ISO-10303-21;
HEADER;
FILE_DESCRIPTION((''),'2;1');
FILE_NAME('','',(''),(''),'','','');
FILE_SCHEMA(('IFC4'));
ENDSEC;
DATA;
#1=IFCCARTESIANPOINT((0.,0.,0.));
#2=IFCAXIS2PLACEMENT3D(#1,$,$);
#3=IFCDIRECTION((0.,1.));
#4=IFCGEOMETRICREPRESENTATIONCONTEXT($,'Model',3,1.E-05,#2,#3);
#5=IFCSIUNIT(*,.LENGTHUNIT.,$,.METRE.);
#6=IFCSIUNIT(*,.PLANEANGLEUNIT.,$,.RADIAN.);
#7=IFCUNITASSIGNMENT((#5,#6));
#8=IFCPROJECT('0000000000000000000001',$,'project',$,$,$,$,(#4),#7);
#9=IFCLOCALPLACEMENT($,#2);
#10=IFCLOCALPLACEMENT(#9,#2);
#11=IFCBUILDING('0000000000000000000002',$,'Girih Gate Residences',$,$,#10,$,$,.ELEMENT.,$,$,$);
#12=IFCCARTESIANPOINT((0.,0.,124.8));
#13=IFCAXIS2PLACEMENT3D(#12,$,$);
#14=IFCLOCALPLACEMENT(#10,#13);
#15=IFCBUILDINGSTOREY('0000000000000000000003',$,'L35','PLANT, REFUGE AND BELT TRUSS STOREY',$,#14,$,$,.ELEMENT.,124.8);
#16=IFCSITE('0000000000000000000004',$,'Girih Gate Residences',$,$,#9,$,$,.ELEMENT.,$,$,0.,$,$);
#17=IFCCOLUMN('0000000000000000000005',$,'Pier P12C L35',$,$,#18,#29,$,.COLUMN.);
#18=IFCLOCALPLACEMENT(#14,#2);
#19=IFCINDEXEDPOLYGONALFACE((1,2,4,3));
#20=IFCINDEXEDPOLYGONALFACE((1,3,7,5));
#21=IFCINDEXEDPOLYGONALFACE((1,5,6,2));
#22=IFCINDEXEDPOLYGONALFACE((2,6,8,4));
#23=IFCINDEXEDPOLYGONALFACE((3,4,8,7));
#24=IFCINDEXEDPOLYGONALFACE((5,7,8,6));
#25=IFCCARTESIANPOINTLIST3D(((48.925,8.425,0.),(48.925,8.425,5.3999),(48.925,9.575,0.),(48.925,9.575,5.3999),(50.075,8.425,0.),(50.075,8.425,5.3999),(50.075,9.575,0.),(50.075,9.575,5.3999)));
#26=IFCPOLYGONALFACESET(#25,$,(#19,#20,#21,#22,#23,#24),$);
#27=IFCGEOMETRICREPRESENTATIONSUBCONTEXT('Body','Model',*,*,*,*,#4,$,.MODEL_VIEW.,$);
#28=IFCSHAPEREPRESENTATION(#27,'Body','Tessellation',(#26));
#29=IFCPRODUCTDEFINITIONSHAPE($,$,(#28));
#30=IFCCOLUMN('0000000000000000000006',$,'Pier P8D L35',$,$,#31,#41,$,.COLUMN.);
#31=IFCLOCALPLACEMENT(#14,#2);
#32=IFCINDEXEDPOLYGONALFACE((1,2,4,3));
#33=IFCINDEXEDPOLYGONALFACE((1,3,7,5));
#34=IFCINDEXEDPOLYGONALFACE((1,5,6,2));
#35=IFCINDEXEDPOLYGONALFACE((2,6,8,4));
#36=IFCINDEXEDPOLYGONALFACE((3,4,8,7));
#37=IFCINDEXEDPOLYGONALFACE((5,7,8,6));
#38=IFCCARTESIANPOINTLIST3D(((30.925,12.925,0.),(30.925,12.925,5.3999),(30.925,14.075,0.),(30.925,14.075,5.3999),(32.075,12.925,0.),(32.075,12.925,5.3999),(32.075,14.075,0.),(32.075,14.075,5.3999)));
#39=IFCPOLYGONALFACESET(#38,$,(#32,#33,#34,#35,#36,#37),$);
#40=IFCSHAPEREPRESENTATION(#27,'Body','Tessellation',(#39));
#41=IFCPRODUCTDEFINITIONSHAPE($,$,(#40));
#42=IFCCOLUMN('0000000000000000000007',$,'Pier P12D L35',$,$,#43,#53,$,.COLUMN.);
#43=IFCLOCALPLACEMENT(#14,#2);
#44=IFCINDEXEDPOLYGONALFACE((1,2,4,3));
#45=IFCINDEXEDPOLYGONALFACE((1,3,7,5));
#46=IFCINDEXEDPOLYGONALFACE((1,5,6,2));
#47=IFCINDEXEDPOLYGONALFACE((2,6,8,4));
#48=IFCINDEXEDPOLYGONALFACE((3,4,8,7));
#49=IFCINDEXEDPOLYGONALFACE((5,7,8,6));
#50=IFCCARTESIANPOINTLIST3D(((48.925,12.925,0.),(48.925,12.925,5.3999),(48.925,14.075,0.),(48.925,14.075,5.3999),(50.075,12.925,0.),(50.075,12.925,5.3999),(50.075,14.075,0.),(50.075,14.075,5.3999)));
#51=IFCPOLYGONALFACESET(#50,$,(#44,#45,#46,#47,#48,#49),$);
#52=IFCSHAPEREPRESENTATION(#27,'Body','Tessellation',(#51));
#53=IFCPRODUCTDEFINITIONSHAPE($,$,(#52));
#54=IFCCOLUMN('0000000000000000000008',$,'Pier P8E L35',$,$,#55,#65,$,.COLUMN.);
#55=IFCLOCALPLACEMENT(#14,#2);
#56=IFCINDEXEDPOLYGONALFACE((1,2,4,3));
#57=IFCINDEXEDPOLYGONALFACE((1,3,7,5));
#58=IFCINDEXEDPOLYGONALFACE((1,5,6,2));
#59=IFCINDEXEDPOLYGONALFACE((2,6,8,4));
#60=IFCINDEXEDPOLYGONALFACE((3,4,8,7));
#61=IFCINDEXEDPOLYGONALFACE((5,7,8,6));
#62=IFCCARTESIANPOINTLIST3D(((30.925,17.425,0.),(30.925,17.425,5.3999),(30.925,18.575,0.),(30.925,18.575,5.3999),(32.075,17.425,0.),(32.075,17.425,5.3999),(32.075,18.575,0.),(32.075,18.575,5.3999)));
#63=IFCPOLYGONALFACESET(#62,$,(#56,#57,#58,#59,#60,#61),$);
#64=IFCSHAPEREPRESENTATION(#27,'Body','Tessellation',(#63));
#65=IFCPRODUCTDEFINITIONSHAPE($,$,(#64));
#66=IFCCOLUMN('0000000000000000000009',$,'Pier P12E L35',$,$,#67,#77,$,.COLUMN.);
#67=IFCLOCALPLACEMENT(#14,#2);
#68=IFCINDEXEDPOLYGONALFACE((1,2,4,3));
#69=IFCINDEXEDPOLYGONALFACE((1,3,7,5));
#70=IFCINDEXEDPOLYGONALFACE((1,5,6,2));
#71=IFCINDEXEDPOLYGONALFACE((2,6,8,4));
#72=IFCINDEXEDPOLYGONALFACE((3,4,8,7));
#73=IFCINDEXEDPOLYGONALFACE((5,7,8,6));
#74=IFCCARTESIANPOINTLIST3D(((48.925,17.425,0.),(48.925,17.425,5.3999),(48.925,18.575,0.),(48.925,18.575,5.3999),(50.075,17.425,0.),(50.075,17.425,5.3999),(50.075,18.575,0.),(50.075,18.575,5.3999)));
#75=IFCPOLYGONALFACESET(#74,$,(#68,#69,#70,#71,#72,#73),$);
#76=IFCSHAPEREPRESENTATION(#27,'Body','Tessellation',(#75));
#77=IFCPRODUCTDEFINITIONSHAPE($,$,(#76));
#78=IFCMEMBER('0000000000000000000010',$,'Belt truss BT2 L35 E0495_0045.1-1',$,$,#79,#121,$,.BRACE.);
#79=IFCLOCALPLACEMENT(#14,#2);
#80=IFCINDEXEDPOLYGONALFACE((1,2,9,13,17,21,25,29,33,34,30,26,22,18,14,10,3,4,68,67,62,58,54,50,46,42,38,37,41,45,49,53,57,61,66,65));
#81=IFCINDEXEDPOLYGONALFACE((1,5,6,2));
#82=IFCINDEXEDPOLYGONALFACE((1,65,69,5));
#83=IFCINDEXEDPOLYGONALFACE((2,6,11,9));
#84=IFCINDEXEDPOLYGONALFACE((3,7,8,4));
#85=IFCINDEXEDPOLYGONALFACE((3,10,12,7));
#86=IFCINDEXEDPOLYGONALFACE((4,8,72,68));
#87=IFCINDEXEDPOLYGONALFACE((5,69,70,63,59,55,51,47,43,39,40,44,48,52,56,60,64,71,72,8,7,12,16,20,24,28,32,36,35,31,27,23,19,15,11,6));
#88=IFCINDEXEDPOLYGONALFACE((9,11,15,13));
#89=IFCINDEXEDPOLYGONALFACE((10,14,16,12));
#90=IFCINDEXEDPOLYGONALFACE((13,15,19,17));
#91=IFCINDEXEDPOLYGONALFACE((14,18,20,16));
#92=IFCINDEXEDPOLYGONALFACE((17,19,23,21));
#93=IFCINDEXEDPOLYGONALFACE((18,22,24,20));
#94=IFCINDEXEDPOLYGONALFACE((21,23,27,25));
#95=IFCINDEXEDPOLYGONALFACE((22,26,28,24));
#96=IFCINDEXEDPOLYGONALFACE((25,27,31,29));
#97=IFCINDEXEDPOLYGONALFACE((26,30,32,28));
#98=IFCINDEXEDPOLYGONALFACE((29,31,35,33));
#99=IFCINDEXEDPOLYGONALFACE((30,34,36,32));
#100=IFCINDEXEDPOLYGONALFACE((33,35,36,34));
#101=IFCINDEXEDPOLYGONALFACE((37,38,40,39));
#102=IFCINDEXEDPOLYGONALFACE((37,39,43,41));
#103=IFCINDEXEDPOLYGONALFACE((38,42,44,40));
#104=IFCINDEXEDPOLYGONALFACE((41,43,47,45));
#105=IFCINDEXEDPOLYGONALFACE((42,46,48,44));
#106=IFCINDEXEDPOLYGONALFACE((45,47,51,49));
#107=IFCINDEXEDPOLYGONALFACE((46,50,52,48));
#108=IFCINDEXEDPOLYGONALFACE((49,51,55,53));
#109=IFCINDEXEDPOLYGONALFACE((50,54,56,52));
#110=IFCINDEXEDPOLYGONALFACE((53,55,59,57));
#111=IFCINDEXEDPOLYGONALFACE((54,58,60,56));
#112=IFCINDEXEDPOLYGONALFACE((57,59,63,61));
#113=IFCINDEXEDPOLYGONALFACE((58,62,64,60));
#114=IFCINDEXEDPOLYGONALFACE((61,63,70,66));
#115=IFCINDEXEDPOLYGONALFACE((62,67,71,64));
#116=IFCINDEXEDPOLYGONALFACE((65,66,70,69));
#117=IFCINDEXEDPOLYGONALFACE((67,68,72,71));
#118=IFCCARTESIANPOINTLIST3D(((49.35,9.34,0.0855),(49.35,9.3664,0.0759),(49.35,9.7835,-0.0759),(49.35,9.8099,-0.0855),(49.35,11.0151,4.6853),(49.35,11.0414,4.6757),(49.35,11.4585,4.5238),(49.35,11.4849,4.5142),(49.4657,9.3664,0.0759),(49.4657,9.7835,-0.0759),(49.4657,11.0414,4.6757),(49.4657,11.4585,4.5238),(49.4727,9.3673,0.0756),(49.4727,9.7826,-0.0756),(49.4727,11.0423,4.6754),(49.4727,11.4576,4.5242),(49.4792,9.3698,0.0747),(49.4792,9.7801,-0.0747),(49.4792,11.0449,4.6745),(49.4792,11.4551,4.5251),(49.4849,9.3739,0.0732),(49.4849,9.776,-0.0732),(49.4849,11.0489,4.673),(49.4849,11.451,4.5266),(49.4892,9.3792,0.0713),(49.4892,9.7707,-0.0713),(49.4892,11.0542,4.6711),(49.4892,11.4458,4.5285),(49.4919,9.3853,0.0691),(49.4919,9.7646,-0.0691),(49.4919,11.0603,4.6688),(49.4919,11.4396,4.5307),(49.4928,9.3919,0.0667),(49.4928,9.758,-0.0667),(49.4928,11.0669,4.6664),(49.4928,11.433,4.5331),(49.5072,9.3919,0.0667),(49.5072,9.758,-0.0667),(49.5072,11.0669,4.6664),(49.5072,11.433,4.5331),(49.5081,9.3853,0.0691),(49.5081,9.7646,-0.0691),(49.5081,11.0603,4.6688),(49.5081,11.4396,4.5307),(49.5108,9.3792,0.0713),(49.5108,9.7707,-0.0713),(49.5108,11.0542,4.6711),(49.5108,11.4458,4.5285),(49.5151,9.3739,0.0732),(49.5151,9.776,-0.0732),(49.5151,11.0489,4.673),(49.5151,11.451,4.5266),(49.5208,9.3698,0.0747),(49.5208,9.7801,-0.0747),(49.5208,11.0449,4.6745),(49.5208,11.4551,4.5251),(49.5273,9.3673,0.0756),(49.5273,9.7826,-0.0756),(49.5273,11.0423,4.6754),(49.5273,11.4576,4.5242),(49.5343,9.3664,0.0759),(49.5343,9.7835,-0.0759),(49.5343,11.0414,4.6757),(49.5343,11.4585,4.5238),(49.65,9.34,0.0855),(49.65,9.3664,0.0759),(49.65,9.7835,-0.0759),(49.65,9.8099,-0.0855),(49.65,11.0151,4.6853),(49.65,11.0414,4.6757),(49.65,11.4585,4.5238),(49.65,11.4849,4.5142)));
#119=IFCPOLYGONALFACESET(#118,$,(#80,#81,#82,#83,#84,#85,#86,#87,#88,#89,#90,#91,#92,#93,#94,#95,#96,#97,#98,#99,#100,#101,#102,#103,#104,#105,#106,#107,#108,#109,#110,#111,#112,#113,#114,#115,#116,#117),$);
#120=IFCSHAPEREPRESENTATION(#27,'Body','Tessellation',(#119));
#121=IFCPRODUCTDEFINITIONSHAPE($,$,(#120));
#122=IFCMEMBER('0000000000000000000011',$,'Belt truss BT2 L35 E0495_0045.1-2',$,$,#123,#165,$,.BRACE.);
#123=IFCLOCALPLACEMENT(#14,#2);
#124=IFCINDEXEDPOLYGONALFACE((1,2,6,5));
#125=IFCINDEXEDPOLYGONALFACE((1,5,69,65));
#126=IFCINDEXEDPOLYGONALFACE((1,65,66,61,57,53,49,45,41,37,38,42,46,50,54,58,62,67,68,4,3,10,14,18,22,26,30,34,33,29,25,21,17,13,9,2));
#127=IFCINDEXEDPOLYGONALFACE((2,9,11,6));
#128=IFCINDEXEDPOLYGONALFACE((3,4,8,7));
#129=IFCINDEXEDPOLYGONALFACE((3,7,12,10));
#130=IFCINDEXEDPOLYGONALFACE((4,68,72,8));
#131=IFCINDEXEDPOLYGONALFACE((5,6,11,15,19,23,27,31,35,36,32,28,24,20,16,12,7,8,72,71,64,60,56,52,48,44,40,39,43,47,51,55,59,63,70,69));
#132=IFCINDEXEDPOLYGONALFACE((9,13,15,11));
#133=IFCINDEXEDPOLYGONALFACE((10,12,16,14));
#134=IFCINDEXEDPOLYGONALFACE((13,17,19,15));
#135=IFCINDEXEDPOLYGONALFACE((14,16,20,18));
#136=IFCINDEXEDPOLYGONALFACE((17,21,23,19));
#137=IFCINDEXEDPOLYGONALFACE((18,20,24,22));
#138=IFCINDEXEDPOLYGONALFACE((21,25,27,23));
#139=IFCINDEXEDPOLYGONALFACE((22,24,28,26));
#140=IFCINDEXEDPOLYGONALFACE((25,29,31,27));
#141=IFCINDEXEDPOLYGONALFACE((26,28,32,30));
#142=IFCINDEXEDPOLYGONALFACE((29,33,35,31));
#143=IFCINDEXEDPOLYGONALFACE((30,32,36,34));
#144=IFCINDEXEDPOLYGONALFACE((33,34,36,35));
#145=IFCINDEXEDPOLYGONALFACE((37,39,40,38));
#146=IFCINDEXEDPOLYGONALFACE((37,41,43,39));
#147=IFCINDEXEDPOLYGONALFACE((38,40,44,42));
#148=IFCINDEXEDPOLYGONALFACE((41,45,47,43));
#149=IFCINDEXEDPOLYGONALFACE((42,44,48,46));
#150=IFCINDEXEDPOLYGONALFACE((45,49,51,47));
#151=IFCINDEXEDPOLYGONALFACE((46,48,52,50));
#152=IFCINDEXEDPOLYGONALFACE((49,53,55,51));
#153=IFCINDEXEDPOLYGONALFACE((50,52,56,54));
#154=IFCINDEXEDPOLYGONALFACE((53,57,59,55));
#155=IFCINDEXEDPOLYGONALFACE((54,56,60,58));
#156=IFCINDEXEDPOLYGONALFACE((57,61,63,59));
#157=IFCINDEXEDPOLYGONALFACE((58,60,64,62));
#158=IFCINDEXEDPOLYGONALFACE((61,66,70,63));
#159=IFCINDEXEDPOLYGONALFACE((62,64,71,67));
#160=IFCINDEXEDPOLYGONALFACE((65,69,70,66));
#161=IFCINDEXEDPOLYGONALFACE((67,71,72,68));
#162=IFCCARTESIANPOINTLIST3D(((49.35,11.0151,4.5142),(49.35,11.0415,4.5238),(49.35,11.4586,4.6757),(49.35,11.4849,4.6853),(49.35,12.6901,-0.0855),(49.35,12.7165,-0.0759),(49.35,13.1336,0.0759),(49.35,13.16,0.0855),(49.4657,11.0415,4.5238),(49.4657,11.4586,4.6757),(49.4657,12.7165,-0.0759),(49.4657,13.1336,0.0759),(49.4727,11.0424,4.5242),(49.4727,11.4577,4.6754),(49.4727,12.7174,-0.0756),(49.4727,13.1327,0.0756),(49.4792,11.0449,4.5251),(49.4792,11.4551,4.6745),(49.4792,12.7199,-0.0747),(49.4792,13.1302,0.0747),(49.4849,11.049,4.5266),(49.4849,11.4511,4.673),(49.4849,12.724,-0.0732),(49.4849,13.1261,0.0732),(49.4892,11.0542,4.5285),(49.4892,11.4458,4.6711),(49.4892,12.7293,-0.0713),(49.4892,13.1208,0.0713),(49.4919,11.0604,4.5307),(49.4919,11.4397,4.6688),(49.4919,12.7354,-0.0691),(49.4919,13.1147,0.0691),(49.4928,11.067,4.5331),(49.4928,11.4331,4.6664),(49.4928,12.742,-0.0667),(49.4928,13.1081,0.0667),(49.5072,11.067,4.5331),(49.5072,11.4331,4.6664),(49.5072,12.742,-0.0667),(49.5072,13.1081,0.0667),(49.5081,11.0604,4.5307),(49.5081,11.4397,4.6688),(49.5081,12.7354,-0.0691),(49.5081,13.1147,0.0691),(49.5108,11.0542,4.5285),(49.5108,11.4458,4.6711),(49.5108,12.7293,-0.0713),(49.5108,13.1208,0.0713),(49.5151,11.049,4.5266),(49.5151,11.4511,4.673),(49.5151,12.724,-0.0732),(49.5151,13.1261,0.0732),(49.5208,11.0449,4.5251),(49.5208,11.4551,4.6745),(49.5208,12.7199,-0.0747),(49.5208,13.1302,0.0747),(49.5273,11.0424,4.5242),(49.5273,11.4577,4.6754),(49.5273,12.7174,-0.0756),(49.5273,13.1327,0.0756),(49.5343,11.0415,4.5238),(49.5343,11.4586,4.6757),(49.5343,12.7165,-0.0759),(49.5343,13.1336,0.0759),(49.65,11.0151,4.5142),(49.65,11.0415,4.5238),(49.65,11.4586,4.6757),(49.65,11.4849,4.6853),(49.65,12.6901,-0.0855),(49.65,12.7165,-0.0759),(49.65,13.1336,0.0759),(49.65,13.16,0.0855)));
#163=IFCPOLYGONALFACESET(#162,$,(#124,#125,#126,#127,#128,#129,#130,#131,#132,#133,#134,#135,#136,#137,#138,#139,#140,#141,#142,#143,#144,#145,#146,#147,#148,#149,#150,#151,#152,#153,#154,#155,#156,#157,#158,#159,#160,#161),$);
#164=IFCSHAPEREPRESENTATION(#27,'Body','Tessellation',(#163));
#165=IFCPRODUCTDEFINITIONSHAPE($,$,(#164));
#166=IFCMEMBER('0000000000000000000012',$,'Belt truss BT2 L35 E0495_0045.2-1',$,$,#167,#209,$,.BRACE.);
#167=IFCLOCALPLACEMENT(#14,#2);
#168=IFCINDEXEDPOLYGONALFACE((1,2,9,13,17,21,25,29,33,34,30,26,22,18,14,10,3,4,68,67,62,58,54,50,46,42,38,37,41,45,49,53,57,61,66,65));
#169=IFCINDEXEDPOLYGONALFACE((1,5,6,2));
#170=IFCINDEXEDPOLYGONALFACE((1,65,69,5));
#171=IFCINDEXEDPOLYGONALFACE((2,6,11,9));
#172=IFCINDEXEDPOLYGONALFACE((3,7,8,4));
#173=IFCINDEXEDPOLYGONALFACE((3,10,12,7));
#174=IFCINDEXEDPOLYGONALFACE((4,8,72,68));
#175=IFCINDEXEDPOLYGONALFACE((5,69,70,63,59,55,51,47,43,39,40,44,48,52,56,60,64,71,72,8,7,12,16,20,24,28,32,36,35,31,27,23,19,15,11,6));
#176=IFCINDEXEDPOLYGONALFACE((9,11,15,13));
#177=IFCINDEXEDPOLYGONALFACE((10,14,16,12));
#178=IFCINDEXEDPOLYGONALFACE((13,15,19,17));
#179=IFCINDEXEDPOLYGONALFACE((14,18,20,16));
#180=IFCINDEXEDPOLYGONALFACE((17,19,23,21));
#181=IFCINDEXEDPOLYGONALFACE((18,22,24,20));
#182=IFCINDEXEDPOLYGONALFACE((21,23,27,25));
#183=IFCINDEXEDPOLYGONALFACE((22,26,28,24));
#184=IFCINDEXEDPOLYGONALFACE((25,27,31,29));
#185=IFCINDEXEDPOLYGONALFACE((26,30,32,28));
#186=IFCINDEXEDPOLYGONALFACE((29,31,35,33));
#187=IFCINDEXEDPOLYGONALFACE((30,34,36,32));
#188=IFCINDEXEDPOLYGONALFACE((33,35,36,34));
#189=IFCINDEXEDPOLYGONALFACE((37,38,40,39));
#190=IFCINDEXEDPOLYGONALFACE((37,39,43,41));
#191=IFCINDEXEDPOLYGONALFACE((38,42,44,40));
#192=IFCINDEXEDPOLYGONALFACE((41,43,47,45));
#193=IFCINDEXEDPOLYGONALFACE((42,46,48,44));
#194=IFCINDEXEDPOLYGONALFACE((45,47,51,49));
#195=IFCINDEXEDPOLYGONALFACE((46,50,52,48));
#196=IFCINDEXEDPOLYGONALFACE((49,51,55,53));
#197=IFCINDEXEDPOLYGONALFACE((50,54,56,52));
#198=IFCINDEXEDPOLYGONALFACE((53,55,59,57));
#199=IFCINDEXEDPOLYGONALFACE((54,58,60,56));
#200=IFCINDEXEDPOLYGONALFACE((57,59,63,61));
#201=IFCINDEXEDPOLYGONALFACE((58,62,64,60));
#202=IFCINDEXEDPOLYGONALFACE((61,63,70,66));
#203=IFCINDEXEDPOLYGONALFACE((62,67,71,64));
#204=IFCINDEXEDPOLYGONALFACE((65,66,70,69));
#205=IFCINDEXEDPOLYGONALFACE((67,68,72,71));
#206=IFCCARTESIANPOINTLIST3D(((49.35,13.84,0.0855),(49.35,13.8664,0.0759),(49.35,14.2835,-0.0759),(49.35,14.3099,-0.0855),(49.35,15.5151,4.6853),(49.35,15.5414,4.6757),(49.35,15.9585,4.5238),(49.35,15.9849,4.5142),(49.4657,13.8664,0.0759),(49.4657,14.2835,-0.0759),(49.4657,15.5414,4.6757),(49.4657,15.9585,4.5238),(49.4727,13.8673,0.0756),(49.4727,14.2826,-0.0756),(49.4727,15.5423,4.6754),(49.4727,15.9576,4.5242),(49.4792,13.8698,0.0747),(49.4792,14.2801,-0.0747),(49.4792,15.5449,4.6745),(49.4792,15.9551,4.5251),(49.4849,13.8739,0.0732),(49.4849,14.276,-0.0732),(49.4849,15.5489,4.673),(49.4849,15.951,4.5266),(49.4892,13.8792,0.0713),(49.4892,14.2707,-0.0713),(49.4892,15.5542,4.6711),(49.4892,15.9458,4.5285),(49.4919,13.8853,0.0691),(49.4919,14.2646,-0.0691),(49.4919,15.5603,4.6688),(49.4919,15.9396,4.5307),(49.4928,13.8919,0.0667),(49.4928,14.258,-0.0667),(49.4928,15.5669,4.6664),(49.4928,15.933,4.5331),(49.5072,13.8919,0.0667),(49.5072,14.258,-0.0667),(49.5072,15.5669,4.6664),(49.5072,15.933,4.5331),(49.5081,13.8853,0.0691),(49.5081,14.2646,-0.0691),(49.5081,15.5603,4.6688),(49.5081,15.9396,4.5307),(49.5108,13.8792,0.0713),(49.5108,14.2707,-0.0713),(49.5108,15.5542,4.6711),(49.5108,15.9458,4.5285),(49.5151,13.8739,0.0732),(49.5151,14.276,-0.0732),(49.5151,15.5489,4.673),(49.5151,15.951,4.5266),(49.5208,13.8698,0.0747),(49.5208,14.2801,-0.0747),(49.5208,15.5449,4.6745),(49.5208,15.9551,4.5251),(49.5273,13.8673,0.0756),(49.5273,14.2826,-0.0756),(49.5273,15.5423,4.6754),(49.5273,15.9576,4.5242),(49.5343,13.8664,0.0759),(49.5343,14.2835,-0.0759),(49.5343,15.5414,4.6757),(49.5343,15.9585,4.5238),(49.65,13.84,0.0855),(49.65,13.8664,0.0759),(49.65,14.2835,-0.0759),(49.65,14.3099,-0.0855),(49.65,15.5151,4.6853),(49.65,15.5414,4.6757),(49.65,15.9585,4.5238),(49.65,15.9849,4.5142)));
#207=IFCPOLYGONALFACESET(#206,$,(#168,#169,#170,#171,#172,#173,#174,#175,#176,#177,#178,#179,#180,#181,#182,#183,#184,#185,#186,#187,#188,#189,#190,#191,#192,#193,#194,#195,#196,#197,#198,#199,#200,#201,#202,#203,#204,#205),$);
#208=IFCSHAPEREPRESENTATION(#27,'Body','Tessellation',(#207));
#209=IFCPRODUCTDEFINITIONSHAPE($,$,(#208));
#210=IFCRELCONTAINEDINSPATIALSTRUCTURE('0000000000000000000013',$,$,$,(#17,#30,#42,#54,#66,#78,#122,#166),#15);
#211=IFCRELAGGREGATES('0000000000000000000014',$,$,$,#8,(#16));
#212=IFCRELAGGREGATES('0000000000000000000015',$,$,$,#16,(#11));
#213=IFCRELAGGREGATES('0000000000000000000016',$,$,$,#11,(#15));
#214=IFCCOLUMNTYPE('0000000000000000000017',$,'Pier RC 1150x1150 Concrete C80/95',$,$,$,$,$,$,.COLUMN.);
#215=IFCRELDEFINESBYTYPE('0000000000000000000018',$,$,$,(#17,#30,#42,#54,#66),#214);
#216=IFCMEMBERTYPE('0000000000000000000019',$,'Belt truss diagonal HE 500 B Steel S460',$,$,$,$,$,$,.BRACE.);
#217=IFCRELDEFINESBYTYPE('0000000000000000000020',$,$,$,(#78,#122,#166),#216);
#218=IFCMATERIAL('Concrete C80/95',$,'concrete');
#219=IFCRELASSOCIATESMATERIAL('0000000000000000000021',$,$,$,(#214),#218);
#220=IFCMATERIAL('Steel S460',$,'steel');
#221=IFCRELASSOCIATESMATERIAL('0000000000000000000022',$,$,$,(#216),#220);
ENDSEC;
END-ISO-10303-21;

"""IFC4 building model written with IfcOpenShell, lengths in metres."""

from ifc_helpers import new_model, si_unit, direction, frame, origin, origin_2d, place, context, subcontext, project, spatial, rectangle, i_section, extrude, material, material_profile, profile_set, type_object, element, save


model = new_model("IFC4")

# Units and contexts
model_context = context("Model", 3, precision=1e-05, world=origin(), true_north=direction((0.0, 1.0)))
body_context = subcontext(model_context, "Body", "Model", "MODEL_VIEW")
ifc_project = project(units=[si_unit("LENGTHUNIT", "METRE"), si_unit("PLANEANGLEUNIT", "RADIAN")], contexts=[model_context])

# Site, building, storey
site_placement = place(None, origin())
site = spatial("IfcSite", under=ifc_project, at=site_placement, Name="Girih Gate Residences", CompositionType="ELEMENT", RefElevation=0.0)
building_placement = place(site_placement, origin())
building = spatial("IfcBuilding", under=site, at=building_placement, Name="Girih Gate Residences", CompositionType="ELEMENT")
storey_placement = place(building_placement, frame((0.0, 0.0, 124.8)))
storey = spatial("IfcBuildingStorey", under=building, at=storey_placement, Name="L35", Description="PLANT, REFUGE AND BELT TRUSS STOREY", CompositionType="ELEMENT", Elevation=124.8)

# Columns
ifc_material_1 = material(Name="Concrete C80/95", Category="concrete")
ifc_material_profile_1 = material_profile(ifc_material_1, rectangle(XDim=1.1499, YDim=1.1499, at=origin_2d()))
ifc_profile_set_1 = profile_set([ifc_material_profile_1], Name="Concrete C80/95")
column_type = type_object("IfcColumnType", Name="Pier RC 1150x1150 Concrete C80/95", PredefinedType="COLUMN", material=ifc_profile_set_1)
for number, where, z_axis, x_axis, name in (
    (1, (49.5, 9.0, 0.0), (0.0, 0.0, 1.0), (1.0, 0.0, 0.0), "Pier P12C L35"),
    (2, (31.5, 13.5, 0.0), (0.0, 0.0, 1.0), (1.0, 0.0, 0.0), "Pier P8D L35"),
    (3, (49.5, 13.5, 0.0), (0.0, 0.0, 1.0), (1.0, 0.0, 0.0), "Pier P12D L35"),
    (4, (31.5, 18.0, 0.0), (0.0, 0.0, 1.0), (1.0, 0.0, 0.0), "Pier P8E L35"),
    (5, (49.5, 18.0, 0.0), (0.0, 0.0, 1.0), (1.0, 0.0, 0.0), "Pier P12E L35"),
):
    element("IfcColumn", number, at=place(storey_placement, frame(where, z_axis=z_axis, x_axis=x_axis)), inside=storey, type_object=column_type, Name=name, PredefinedType="COLUMN", context=body_context, shape_type="SweptSolid", body=[
        extrude(rectangle(XDim=1.1499, YDim=1.1499, at=origin_2d()), origin(), (0.0, 0.0, 1.0), 5.3999),
    ])

# Members
ifc_material_2 = material(Name="Steel S460", Category="steel")
ifc_material_profile_2 = material_profile(ifc_material_2, i_section(OverallWidth=0.3, OverallDepth=0.5, WebThickness=0.0144, FlangeThickness=0.0281, FilletRadius=0.0271, at=origin_2d()))
ifc_profile_set_2 = profile_set([ifc_material_profile_2], Name="Steel S460")
member_type = type_object("IfcMemberType", Name="Belt truss diagonal HE 500 B Steel S460", PredefinedType="BRACE", material=ifc_profile_set_2)
for number, where, z_axis, x_axis, name in (
    (6, (49.5, 9.575, 0.0), (0.0, 0.342171, 0.939638), (-1.0, 0.0, 0.0), "Belt truss BT2 L35 E0495_0045.1-1"),
    (7, (49.5, 12.925, 0.0), (0.0, -0.342171, 0.939638), (1.0, 0.0, 0.0), "Belt truss BT2 L35 E0495_0045.1-2"),
    (8, (49.5, 14.075, 0.0), (0.0, 0.342171, 0.939638), (-1.0, 0.0, 0.0), "Belt truss BT2 L35 E0495_0045.2-1"),
):
    element("IfcMember", number, at=place(storey_placement, frame(where, z_axis=z_axis, x_axis=x_axis)), inside=storey, type_object=member_type, Name=name, PredefinedType="BRACE", context=body_context, shape_type="SweptSolid", body=[
        extrude(i_section(OverallWidth=0.3, OverallDepth=0.5, WebThickness=0.0144, FlangeThickness=0.0281, FilletRadius=0.0271, at=origin_2d()), origin(), (0.0, 0.0, 1.0), 4.8953),
    ])

save(model, "model.ifc")
